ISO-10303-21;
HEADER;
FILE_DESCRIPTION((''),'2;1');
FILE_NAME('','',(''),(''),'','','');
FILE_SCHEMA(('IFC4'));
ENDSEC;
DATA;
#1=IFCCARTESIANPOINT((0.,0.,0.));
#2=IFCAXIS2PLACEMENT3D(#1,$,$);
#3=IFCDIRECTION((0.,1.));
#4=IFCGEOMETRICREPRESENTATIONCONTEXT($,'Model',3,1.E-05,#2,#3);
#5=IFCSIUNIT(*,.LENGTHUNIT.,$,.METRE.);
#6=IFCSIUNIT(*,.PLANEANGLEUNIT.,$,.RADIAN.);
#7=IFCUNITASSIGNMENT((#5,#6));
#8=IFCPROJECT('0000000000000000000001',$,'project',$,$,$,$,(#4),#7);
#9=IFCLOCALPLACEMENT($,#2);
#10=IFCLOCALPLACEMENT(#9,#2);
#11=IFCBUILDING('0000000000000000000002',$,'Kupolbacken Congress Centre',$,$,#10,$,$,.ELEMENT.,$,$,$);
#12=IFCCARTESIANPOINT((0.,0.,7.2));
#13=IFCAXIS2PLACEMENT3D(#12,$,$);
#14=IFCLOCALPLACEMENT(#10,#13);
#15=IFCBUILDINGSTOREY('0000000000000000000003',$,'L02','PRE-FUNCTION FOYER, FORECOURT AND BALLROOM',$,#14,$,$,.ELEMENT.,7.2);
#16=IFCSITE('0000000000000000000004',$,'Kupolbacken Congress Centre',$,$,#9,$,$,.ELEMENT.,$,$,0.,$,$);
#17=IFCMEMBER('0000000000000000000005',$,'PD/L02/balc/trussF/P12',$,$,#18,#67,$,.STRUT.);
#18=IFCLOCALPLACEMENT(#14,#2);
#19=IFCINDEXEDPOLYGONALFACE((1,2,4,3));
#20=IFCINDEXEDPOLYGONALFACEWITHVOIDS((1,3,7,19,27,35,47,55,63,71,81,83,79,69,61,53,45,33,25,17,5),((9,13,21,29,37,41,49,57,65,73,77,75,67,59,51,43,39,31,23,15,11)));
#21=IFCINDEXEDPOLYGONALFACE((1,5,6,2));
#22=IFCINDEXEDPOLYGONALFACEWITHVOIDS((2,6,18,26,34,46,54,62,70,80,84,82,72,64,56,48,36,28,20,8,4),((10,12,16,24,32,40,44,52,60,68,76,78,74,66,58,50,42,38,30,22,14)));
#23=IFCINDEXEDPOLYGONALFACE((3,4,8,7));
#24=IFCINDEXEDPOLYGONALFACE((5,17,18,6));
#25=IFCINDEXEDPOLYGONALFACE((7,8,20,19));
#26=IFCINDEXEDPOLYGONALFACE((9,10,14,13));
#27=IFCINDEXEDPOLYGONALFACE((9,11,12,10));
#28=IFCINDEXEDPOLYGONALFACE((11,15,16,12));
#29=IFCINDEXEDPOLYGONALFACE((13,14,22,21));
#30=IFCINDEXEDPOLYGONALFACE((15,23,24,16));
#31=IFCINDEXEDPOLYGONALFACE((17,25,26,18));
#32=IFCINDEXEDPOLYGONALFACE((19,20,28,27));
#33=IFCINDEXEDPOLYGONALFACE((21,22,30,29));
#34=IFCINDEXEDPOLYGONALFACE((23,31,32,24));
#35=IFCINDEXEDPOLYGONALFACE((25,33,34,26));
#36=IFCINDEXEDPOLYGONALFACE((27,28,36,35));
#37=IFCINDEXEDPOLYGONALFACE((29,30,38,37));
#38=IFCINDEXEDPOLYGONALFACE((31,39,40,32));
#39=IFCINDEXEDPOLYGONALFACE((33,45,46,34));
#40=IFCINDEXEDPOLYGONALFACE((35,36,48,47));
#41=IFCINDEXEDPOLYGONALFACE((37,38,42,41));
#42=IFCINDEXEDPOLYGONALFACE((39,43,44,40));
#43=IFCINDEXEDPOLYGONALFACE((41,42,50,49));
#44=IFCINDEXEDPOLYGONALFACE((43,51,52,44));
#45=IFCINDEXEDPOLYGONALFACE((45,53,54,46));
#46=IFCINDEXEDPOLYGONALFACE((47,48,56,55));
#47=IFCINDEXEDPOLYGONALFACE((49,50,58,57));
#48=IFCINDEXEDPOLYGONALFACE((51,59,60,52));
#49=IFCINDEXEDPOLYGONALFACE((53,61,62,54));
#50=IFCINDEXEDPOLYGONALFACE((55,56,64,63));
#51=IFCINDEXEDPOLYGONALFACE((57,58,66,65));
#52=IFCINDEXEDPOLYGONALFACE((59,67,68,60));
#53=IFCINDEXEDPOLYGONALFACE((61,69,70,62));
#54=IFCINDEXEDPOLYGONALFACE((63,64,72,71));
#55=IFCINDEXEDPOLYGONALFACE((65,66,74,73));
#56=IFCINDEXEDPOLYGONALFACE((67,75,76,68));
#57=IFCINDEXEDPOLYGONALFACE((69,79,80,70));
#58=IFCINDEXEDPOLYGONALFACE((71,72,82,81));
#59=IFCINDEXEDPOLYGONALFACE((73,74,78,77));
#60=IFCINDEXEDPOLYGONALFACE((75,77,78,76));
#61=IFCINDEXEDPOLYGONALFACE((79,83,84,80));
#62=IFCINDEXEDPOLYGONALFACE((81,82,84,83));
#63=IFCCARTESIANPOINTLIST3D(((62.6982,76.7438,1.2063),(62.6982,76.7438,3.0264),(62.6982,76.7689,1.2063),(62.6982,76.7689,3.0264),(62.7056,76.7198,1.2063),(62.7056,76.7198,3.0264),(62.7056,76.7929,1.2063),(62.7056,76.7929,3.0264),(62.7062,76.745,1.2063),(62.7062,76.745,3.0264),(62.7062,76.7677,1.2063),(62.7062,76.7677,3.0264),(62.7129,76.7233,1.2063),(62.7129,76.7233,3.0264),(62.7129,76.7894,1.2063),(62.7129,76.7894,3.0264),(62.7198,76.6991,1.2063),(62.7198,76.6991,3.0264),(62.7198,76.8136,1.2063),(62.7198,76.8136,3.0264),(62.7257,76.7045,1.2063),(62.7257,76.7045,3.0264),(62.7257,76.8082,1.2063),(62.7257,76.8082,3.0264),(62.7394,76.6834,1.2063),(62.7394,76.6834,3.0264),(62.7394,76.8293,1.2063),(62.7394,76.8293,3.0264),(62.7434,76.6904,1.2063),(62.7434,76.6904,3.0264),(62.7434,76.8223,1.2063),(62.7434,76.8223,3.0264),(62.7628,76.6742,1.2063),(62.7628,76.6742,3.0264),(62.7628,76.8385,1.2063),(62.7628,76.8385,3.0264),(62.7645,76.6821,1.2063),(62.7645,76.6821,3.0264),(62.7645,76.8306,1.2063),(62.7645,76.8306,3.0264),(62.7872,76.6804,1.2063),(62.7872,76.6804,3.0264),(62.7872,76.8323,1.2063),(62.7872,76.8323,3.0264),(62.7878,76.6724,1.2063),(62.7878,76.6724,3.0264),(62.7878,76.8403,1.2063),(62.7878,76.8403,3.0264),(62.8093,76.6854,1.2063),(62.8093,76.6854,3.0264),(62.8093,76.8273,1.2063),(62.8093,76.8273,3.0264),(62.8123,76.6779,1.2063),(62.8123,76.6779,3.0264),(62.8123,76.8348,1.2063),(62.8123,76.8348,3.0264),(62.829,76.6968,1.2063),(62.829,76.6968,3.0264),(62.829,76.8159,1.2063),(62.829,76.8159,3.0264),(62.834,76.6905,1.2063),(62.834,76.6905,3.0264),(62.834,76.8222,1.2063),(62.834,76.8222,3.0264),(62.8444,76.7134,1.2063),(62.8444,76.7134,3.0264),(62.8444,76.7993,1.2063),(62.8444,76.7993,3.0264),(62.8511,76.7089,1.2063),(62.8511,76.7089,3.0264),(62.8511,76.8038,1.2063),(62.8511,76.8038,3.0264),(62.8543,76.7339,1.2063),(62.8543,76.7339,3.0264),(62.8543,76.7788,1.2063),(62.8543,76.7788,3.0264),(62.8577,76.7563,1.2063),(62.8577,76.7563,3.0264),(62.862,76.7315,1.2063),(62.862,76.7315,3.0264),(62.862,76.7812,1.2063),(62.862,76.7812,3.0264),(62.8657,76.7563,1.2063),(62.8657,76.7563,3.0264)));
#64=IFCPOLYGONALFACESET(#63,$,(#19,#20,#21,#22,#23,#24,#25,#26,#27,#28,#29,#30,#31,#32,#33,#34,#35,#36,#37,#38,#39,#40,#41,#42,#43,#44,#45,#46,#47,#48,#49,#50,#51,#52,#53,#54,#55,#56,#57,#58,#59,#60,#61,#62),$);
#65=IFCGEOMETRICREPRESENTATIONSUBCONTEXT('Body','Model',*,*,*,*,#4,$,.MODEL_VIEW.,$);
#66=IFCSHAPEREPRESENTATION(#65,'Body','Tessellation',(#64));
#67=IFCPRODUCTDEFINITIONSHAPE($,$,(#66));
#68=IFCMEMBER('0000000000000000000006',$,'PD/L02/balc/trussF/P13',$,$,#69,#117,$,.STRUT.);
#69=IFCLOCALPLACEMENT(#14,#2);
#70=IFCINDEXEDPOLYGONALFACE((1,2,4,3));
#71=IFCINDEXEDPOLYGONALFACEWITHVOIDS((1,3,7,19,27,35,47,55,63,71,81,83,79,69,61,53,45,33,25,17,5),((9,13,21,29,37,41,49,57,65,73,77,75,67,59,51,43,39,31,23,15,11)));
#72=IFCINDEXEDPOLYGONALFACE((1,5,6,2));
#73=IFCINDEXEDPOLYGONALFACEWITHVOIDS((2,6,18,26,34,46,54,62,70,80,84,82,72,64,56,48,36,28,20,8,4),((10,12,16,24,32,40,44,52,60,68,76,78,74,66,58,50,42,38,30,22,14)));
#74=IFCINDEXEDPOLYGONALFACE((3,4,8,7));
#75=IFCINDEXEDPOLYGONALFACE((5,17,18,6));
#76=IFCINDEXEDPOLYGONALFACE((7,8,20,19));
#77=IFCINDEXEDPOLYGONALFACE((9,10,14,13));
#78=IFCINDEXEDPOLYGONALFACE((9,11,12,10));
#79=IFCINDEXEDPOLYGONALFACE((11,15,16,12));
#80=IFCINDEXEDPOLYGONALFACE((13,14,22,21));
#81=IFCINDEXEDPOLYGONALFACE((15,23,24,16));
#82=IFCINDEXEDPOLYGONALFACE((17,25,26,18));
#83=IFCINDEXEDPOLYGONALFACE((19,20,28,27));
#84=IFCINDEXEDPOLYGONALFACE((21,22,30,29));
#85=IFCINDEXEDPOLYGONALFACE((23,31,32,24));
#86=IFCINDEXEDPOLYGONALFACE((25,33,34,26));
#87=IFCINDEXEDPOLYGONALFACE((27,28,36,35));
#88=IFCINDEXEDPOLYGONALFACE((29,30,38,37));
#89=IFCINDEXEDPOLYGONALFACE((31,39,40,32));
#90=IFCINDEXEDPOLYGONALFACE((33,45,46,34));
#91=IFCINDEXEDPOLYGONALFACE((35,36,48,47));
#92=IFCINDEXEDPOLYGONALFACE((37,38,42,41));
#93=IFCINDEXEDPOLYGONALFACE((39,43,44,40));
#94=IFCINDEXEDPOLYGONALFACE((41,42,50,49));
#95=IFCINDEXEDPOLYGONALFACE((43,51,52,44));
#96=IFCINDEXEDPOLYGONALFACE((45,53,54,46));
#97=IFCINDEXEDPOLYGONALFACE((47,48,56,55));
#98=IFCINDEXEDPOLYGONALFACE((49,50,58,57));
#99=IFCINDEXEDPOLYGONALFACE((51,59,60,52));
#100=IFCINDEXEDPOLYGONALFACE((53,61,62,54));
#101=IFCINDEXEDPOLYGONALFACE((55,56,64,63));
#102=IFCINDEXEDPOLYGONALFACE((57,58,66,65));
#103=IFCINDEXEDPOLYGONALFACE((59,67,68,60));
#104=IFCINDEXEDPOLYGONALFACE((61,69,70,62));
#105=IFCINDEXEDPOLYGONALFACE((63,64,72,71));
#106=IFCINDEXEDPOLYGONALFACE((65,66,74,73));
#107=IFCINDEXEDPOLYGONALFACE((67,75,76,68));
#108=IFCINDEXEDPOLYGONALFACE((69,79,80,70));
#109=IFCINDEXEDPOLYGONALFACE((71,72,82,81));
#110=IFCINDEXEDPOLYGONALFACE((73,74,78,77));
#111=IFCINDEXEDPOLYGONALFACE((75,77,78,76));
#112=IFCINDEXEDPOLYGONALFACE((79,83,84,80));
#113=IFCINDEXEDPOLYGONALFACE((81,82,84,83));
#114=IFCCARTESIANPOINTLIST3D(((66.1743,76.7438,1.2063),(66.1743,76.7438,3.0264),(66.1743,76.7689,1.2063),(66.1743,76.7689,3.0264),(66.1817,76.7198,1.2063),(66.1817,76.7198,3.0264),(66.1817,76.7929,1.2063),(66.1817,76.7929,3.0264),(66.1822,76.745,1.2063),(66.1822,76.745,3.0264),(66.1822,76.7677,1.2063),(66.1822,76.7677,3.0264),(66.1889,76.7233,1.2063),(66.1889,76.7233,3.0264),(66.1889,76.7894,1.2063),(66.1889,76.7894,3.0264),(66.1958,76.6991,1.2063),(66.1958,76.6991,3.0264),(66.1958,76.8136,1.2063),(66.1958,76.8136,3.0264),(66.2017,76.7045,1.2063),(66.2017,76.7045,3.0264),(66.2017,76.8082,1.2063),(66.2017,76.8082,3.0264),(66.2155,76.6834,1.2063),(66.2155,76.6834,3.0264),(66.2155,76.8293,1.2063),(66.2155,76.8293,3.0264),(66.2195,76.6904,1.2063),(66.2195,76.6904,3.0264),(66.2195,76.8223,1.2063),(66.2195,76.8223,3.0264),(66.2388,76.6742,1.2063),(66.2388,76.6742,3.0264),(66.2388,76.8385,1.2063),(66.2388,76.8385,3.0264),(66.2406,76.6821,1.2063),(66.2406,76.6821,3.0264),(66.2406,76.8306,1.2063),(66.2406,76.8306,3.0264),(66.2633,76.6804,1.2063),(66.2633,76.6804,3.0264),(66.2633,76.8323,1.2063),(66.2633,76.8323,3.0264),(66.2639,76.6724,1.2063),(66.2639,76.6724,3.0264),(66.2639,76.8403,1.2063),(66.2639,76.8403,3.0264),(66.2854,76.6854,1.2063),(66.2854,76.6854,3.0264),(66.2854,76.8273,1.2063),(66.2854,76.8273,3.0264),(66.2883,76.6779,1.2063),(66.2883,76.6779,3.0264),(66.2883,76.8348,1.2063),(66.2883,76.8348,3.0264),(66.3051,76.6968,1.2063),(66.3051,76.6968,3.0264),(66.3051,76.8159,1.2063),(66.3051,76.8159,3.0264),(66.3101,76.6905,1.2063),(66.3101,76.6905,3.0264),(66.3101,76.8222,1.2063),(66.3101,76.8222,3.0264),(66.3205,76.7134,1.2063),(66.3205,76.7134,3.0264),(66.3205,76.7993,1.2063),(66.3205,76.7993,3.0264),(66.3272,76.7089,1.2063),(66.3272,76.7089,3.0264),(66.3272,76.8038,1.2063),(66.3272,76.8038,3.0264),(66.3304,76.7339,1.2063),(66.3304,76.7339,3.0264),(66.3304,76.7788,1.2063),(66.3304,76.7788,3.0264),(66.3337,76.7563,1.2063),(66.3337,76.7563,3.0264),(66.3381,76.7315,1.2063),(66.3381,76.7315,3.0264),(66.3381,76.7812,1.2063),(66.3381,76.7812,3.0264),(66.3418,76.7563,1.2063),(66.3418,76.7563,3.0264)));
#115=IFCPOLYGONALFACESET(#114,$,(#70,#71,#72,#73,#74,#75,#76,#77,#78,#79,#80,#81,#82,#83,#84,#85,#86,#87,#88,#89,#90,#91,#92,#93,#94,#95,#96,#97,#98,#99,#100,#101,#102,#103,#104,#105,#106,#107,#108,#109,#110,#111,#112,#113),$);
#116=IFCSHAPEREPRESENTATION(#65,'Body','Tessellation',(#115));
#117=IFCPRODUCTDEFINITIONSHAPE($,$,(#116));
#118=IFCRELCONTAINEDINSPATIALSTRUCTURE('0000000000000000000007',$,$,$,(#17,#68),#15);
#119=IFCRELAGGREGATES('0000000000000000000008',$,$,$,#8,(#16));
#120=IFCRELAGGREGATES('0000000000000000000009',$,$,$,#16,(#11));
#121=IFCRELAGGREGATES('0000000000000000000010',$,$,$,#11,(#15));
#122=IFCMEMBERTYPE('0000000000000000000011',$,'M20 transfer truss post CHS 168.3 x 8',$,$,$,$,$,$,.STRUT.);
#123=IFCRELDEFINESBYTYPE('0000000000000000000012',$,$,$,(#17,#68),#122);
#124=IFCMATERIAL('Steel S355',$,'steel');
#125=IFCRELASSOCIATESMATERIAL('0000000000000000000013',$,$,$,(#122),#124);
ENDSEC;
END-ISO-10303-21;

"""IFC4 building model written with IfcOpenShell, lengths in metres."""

from ifc_helpers import new_model, si_unit, direction, frame, origin, origin_2d, place, context, subcontext, project, spatial, hollow_circle, extrude, material, material_profile, profile_set, type_object, element, save


model = new_model("IFC4")

# Units and contexts
model_context = context("Model", 3, precision=1e-05, world=origin(), true_north=direction((0.0, 1.0)))
body_context = subcontext(model_context, "Body", "Model", "MODEL_VIEW")
ifc_project = project(units=[si_unit("LENGTHUNIT", "METRE"), si_unit("PLANEANGLEUNIT", "RADIAN")], contexts=[model_context])

# Site, building, storey
site_placement = place(None, origin())
site = spatial("IfcSite", under=ifc_project, at=site_placement, Name="Kupolbacken Congress Centre", CompositionType="ELEMENT", RefElevation=0.0)
building_placement = place(site_placement, origin())
building = spatial("IfcBuilding", under=site, at=building_placement, Name="Kupolbacken Congress Centre", CompositionType="ELEMENT")
storey_placement = place(building_placement, frame((0.0, 0.0, 7.2)))
storey = spatial("IfcBuildingStorey", under=building, at=storey_placement, Name="L02", Description="PRE-FUNCTION FOYER, FORECOURT AND BALLROOM", CompositionType="ELEMENT", Elevation=7.2)

# Members
ifc_material_1 = material(Name="Steel S355", Category="steel")
ifc_material_profile_1 = material_profile(ifc_material_1, hollow_circle(Radius=0.0842, WallThickness=0.0081, at=origin_2d()), Name="CHS 168.3 x 8")
ifc_profile_set_1 = profile_set([ifc_material_profile_1], Name="Steel S355")
member_type_1 = type_object("IfcMemberType", Name="M20 transfer truss post CHS 168.3 x 8", PredefinedType="STRUT", material=ifc_profile_set_1)
for number, where, z_axis, x_axis, name in (
    (1, (62.7815, 76.7563, 1.2063), (0.0, 0.0, 1.0), (1.0, 0.0, 0.0), "PD/L02/balc/trussF/P12"),
    (2, (66.2576, 76.7563, 1.2063), (0.0, 0.0, 1.0), (1.0, 0.0, 0.0), "PD/L02/balc/trussF/P13"),
):
    element("IfcMember", number, at=place(storey_placement, frame(where, z_axis=z_axis, x_axis=x_axis)), inside=storey, type_object=member_type_1, Name=name, PredefinedType="STRUT", context=body_context, shape_type="SweptSolid", body=[
        extrude(hollow_circle(Radius=0.0842, WallThickness=0.0081, at=origin_2d()), origin(), (0.0, 0.0, 1.0), 1.8201),
    ])

save(model, "model.ifc")
